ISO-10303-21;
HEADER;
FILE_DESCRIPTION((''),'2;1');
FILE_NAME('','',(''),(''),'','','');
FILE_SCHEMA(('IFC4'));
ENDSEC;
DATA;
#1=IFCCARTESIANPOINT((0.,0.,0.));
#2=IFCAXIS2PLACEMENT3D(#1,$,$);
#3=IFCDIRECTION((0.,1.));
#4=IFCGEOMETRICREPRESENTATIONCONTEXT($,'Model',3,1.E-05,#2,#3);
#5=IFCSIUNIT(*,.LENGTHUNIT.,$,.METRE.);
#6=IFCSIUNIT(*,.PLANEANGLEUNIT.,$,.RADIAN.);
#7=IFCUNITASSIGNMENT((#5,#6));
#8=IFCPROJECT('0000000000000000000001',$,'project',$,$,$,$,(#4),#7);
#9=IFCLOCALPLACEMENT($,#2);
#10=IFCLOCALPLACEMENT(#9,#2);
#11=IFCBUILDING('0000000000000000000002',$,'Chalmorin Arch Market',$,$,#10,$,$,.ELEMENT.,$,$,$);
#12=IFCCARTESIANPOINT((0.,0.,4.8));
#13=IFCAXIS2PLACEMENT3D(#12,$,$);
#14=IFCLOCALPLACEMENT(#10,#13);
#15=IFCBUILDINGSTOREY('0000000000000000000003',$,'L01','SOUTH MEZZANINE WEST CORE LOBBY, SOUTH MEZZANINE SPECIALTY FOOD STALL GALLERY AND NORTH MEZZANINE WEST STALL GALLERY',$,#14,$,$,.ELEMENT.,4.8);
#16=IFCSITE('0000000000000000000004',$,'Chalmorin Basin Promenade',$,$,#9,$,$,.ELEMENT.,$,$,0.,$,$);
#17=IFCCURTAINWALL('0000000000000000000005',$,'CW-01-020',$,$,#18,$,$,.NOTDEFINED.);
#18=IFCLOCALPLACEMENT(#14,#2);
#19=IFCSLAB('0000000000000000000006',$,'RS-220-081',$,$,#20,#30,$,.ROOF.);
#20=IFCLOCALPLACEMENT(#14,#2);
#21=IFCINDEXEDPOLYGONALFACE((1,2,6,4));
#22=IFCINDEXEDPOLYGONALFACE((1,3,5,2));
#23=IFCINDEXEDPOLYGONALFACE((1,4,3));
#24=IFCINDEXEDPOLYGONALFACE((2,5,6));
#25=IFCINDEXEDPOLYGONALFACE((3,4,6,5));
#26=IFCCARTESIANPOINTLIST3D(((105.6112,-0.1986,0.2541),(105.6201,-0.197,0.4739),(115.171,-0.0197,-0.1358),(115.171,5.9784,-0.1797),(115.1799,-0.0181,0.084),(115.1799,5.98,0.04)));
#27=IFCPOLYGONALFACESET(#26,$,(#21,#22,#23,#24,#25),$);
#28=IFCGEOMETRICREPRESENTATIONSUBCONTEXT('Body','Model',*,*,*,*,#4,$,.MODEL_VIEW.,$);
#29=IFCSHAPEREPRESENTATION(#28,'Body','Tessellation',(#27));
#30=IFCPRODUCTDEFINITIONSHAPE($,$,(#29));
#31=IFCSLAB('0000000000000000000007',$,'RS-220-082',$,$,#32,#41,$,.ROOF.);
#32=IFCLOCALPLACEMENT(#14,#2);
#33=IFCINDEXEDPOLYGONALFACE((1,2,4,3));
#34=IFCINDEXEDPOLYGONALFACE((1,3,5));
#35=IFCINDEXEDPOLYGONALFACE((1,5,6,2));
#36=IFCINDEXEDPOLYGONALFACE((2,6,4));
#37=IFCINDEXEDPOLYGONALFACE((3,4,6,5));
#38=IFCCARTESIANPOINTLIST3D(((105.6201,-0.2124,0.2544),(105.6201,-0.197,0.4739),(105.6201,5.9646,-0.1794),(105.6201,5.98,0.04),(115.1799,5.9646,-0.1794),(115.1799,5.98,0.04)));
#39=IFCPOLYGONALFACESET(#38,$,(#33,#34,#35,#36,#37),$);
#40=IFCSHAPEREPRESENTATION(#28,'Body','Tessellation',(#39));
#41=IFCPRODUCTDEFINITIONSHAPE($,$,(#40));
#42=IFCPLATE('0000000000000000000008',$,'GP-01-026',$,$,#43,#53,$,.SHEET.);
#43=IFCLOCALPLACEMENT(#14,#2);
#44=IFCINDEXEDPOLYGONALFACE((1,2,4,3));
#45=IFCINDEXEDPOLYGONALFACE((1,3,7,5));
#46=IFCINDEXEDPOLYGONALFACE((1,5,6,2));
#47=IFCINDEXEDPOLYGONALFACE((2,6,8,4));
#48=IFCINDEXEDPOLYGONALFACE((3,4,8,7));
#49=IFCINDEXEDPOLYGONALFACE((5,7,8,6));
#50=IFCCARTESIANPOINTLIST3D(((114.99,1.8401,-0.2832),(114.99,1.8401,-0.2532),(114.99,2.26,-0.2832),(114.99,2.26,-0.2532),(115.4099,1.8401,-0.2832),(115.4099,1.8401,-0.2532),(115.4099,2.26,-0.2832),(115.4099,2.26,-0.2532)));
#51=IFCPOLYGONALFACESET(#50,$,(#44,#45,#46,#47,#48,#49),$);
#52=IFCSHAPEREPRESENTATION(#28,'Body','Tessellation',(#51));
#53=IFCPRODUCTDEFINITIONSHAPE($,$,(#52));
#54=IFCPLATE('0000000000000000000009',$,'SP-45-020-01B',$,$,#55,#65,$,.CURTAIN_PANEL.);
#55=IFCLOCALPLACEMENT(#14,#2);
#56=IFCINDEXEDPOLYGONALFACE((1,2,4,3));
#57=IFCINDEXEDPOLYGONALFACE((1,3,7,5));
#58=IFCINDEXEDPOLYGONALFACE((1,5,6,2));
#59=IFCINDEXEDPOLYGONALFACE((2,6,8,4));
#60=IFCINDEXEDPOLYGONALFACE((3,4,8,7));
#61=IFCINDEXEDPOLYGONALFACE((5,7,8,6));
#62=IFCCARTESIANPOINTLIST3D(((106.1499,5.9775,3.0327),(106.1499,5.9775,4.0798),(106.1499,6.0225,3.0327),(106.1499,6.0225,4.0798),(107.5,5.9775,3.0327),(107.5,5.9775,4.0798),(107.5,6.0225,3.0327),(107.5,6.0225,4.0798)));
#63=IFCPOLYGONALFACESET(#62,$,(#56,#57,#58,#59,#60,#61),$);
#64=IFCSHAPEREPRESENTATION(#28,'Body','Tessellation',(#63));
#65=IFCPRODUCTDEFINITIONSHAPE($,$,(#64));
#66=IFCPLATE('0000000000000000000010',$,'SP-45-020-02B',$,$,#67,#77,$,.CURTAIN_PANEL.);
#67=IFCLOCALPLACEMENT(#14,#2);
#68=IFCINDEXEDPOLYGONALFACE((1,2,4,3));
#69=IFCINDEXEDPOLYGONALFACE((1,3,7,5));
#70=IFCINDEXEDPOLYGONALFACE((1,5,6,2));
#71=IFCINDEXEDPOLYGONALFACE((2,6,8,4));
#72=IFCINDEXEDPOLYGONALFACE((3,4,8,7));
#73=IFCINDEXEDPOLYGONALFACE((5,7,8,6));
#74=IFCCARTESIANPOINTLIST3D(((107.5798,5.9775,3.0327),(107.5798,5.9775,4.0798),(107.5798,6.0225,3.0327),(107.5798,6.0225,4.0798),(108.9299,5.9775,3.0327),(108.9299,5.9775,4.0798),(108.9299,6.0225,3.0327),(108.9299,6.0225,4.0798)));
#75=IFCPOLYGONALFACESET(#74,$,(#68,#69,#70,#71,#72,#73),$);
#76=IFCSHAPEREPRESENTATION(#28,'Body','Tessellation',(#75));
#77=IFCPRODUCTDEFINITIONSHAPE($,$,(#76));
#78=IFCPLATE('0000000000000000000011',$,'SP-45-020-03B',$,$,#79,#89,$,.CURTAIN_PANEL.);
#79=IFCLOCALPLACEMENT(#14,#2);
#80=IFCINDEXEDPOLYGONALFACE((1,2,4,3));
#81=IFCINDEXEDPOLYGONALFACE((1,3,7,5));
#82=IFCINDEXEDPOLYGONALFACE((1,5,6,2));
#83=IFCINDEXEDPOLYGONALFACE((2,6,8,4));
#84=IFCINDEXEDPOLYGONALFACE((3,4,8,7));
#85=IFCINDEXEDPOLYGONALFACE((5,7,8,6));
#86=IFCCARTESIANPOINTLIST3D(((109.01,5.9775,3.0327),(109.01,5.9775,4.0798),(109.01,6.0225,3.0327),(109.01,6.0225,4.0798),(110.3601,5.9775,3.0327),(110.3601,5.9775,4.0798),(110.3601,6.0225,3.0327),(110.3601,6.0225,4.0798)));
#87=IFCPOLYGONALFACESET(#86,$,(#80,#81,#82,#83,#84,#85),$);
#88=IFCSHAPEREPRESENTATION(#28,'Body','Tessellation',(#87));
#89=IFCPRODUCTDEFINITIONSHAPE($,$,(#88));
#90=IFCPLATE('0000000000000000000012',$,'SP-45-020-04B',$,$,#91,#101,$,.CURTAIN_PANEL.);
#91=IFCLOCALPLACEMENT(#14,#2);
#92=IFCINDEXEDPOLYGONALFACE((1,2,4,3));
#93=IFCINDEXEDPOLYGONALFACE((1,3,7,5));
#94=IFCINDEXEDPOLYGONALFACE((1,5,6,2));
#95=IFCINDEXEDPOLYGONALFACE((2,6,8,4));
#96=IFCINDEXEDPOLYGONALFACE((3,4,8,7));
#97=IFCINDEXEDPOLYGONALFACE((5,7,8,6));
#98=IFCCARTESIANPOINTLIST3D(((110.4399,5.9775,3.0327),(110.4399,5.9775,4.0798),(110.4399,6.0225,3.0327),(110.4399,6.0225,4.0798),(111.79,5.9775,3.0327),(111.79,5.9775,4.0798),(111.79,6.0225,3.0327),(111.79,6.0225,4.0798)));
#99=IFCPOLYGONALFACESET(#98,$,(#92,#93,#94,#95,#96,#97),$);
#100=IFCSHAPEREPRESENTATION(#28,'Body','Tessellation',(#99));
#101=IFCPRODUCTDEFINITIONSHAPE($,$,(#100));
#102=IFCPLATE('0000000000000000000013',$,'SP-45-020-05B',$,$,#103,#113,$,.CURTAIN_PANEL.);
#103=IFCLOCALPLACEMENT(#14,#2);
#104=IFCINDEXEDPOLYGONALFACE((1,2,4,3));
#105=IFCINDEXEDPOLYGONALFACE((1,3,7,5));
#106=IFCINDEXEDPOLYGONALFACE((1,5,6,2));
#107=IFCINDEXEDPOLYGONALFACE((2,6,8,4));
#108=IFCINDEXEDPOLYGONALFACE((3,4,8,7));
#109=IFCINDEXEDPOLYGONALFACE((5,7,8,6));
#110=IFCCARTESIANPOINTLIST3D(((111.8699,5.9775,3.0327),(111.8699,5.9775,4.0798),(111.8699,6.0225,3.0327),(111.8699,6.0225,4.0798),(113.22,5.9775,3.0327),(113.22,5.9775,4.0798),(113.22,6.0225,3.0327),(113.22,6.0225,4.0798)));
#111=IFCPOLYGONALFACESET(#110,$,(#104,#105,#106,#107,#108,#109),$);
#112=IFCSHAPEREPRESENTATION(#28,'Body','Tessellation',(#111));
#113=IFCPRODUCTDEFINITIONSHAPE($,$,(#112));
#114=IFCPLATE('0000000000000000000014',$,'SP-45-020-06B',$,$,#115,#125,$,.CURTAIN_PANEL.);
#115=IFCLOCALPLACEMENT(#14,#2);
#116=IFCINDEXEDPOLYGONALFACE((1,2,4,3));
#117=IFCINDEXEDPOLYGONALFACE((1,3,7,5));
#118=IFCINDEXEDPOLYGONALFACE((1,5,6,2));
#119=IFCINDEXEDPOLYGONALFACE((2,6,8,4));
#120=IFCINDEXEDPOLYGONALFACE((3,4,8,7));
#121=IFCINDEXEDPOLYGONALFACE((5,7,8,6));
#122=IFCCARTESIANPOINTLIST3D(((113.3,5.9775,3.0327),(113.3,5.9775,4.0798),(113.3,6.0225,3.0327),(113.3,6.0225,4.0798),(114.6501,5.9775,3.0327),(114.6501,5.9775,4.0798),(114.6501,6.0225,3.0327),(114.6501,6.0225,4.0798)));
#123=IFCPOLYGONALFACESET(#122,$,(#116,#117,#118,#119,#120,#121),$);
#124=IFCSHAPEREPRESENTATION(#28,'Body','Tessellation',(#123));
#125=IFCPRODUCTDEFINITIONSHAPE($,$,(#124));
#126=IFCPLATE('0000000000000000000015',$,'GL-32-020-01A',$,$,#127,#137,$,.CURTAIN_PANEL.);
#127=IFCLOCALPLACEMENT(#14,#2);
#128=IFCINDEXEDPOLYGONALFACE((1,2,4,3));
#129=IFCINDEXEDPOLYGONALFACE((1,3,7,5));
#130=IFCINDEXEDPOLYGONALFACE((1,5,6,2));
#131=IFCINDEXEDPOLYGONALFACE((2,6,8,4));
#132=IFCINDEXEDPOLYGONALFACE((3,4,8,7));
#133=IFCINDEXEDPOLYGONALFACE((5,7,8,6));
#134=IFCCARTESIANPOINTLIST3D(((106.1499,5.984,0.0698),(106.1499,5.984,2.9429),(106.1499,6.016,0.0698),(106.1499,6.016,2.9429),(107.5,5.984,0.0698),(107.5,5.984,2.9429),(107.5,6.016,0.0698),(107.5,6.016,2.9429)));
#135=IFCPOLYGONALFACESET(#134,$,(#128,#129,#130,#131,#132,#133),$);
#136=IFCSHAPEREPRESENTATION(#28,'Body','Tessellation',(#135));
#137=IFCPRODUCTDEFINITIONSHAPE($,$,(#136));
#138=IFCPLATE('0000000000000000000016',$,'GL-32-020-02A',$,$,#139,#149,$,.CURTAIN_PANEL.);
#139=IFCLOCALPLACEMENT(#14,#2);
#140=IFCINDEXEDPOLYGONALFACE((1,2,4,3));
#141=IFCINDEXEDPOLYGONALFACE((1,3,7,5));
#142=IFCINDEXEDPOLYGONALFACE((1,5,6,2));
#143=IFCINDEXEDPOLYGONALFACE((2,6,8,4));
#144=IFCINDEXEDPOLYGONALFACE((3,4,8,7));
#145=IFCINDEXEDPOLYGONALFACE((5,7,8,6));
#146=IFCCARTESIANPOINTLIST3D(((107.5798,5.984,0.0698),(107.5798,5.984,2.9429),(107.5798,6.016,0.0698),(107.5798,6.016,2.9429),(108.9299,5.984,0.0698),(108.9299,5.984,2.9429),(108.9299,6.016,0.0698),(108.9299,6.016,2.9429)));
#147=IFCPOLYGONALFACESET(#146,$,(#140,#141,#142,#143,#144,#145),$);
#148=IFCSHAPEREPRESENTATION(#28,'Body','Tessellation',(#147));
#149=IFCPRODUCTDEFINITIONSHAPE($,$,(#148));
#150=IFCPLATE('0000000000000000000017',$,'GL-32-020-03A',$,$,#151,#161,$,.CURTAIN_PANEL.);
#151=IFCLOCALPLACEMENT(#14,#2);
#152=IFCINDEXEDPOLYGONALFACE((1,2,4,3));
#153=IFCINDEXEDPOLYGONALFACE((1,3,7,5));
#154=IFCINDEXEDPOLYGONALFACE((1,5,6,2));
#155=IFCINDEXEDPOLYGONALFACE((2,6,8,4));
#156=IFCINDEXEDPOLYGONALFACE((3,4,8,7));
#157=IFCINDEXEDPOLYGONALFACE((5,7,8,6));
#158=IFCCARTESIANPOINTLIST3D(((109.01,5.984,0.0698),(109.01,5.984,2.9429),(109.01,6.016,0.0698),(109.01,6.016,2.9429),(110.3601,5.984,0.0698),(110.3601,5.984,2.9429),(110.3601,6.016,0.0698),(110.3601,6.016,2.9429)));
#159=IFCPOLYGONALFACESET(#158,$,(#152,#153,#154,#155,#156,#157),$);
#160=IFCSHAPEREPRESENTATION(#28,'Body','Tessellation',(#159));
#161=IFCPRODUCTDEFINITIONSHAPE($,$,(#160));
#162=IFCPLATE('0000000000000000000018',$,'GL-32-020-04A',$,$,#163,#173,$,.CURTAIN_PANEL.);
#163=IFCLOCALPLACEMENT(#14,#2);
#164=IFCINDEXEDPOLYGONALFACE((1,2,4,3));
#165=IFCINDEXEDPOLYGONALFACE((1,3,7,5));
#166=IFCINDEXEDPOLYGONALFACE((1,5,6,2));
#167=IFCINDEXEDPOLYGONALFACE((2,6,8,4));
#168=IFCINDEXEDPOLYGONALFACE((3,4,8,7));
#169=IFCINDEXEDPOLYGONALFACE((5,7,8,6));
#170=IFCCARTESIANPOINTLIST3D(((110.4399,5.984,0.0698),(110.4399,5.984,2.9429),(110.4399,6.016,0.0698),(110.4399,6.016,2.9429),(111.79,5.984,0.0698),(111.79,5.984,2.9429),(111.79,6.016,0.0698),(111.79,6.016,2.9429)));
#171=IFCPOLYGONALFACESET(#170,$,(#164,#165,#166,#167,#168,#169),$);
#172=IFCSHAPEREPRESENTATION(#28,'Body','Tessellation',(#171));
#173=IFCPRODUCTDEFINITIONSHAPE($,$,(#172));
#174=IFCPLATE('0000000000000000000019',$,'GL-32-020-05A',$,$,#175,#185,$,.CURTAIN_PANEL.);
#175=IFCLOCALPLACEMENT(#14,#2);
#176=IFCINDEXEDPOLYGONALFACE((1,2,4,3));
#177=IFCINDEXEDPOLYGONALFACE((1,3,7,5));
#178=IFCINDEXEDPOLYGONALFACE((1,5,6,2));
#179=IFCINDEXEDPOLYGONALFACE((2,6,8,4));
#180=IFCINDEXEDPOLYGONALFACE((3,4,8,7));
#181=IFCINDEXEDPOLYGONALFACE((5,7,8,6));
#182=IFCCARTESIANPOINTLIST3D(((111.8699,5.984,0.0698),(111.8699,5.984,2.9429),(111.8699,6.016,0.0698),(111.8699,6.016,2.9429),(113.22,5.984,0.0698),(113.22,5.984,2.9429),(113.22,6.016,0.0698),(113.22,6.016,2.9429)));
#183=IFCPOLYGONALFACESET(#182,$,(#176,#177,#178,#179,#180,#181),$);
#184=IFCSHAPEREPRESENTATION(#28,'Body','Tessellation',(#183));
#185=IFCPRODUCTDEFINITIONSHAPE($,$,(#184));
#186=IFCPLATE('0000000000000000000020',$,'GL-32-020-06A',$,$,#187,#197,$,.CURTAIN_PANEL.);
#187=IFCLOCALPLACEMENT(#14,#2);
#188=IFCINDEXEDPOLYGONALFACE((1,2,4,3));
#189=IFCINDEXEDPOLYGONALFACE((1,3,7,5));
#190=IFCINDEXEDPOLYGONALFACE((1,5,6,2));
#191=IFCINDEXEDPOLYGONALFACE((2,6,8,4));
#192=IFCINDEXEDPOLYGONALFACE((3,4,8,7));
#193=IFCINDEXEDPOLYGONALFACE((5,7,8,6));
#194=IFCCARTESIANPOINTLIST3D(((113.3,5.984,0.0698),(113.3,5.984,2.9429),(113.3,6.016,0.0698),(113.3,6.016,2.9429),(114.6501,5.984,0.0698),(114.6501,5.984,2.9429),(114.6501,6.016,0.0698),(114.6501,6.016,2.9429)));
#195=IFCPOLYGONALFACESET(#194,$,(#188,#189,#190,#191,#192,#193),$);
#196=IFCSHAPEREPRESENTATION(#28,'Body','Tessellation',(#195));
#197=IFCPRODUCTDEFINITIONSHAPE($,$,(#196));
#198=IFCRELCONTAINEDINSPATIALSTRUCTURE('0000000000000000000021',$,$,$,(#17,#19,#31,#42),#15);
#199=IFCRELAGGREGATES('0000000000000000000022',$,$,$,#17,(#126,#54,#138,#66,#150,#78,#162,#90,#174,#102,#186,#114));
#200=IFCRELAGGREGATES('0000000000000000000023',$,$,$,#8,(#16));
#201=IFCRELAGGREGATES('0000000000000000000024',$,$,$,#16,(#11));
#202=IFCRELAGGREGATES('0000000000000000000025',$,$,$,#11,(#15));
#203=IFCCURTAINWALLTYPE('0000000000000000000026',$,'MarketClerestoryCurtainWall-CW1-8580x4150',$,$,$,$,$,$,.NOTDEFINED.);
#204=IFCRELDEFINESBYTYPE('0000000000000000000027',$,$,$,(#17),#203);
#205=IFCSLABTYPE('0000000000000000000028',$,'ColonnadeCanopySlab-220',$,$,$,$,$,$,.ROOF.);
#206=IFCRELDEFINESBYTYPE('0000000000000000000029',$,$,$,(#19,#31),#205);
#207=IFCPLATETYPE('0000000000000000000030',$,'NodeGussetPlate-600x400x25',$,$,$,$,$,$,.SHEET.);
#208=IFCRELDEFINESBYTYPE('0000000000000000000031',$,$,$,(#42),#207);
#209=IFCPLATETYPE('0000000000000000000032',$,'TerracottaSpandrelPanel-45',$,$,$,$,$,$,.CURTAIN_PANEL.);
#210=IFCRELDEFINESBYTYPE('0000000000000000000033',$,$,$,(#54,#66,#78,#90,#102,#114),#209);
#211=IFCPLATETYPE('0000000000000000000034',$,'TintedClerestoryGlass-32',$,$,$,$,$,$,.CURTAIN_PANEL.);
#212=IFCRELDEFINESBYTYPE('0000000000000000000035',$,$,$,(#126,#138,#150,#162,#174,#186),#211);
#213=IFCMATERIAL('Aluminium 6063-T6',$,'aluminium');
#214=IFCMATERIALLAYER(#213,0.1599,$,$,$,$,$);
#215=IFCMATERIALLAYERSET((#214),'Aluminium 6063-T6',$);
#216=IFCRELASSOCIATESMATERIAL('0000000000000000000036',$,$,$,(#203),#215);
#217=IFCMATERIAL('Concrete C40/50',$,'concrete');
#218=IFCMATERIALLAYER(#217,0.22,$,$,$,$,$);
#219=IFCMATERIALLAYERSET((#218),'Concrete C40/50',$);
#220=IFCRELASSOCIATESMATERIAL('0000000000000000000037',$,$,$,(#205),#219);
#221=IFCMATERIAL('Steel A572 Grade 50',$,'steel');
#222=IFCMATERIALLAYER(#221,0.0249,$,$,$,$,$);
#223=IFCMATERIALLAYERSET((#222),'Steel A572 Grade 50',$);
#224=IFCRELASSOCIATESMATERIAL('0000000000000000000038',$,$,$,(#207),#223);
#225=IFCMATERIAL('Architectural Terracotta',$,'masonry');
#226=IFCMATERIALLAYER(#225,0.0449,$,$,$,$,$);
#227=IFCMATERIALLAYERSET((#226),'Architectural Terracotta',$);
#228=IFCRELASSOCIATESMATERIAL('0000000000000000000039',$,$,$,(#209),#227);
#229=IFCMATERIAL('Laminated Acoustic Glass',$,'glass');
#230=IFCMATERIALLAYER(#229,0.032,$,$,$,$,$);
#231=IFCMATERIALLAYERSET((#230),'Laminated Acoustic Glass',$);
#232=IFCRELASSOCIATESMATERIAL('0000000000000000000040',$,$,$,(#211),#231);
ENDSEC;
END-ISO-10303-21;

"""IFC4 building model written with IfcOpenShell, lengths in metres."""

from ifc_helpers import new_model, si_unit, direction, frame, origin, origin_2d, place, context, subcontext, project, spatial, polyline, rectangle, outline, extrude, material, layer, layer_set, type_object, element, aggregate, save


model = new_model("IFC4")

# Units and contexts
model_context = context("Model", 3, precision=1e-05, world=origin(), true_north=direction((0.0, 1.0)))
body_context = subcontext(model_context, "Body", "Model", "MODEL_VIEW")
ifc_project = project(units=[si_unit("LENGTHUNIT", "METRE"), si_unit("PLANEANGLEUNIT", "RADIAN")], contexts=[model_context])

# Site, building, storey
site_placement = place(None, origin())
site = spatial("IfcSite", under=ifc_project, at=site_placement, Name="Chalmorin Basin Promenade", CompositionType="ELEMENT", RefElevation=0.0)
building_placement = place(site_placement, origin())
building = spatial("IfcBuilding", under=site, at=building_placement, Name="Chalmorin Arch Market", CompositionType="ELEMENT")
storey_placement = place(building_placement, frame((0.0, 0.0, 4.8)))
storey = spatial("IfcBuildingStorey", under=building, at=storey_placement, Name="L01", Description="SOUTH MEZZANINE WEST CORE LOBBY, SOUTH MEZZANINE SPECIALTY FOOD STALL GALLERY AND NORTH MEZZANINE WEST STALL GALLERY", CompositionType="ELEMENT", Elevation=4.8)

# Shared definitions
ifc_material_1 = material(Name="Concrete C40/50", Category="concrete")

# Curtain wall
ifc_material_2 = material(Name="Aluminium 6063-T6", Category="aluminium")
ifc_layer_1 = layer(ifc_material_2, 0.1599)
ifc_layer_set_1 = layer_set([ifc_layer_1], Name="Aluminium 6063-T6")
curtain_wall_type = type_object("IfcCurtainWallType", Name="MarketClerestoryCurtainWall-CW1-8580x4150", PredefinedType="NOTDEFINED", material=ifc_layer_set_1)
curtain_wall_placement = place(storey_placement, origin())
curtain_wall = element("IfcCurtainWall", 1, at=curtain_wall_placement, inside=storey, type_object=curtain_wall_type, Name="CW-01-020", PredefinedType="NOTDEFINED")

# Slabs
ifc_layer_2 = layer(ifc_material_1, 0.22)
ifc_layer_set_2 = layer_set([ifc_layer_2], Name="Concrete C40/50")
slab_type = type_object("IfcSlabType", Name="ColonnadeCanopySlab-220", PredefinedType="ROOF", material=ifc_layer_set_2)
slab_1_placement = place(storey_placement, frame((105.6201, -0.197, 0.4739), z_axis=(0.040613, 0.00732, 0.999148), x_axis=(0.998995, 0.018701, -0.040744)))
element("IfcSlab", 2, at=slab_1_placement, inside=storey, type_object=slab_type, Name="RS-220-081", PredefinedType="ROOF", context=body_context, shape_type="SweptSolid", body=[
    extrude(outline(polyline([(0.0, 0.0), (9.5694, 0.0), (9.6834, 5.9971), (0.0, 0.0)])), origin(), (0.0, 0.0, -1.0), 0.22),
])
slab_2_placement = place(storey_placement, frame((105.6201, -0.197, 0.4739), z_axis=(0.0, 0.070062, 0.997543), x_axis=(0.839312, 0.542315, -0.038089)))
element("IfcSlab", 3, at=slab_2_placement, inside=storey, type_object=slab_type, Name="RS-220-082", PredefinedType="ROOF", context=body_context, shape_type="SweptSolid", body=[
    extrude(outline(polyline([(0.0, 0.0), (11.3901, 0.0), (3.3664, 5.1972), (0.0, 0.0)])), origin(), (0.0, 0.0, -1.0), 0.22),
])

# Plates
ifc_material_3 = material(Name="Steel A572 Grade 50", Category="steel")
ifc_layer_3 = layer(ifc_material_3, 0.0249)
ifc_layer_set_3 = layer_set([ifc_layer_3], Name="Steel A572 Grade 50")
plate_type_1 = type_object("IfcPlateType", Name="NodeGussetPlate-600x400x25", PredefinedType="SHEET", material=ifc_layer_set_3)
plate_1_placement = place(storey_placement, frame((115.2, 2.05, -0.2832), z_axis=(0.0, 0.0, 1.0), x_axis=(1.0, 0.0, 0.0)))
element("IfcPlate", 4, at=plate_1_placement, inside=storey, type_object=plate_type_1, Name="GP-01-026", PredefinedType="SHEET", context=body_context, shape_type="SweptSolid", body=[
    extrude(rectangle(XDim=0.4199, YDim=0.4199, at=origin_2d()), origin(), (0.0, 0.0, 1.0), 0.03),
])
ifc_material_4 = material(Name="Architectural Terracotta", Category="masonry")
ifc_layer_4 = layer(ifc_material_4, 0.0449)
ifc_layer_set_4 = layer_set([ifc_layer_4], Name="Architectural Terracotta")
plate_type_2 = type_object("IfcPlateType", Name="TerracottaSpandrelPanel-45", PredefinedType="CURTAIN_PANEL", material=ifc_layer_set_4)
plate_2_placement = place(storey_placement, frame((106.825, 6.0, 3.0327), z_axis=(0.0, 0.0, 1.0), x_axis=(1.0, 0.0, 0.0)))
plate_2 = element("IfcPlate", 5, at=plate_2_placement, type_object=plate_type_2, Name="SP-45-020-01B", PredefinedType="CURTAIN_PANEL", context=body_context, shape_type="SweptSolid", body=[
    extrude(rectangle(XDim=1.3501, YDim=0.0449, at=origin_2d()), origin(), (0.0, 0.0, 1.0), 1.0471),
])
plate_3_placement = place(storey_placement, frame((108.2549, 6.0, 3.0327), z_axis=(0.0, 0.0, 1.0), x_axis=(1.0, 0.0, 0.0)))
plate_3 = element("IfcPlate", 6, at=plate_3_placement, type_object=plate_type_2, Name="SP-45-020-02B", PredefinedType="CURTAIN_PANEL", context=body_context, shape_type="SweptSolid", body=[
    extrude(rectangle(XDim=1.3501, YDim=0.0449, at=origin_2d()), origin(), (0.0, 0.0, 1.0), 1.0471),
])
plate_4_placement = place(storey_placement, frame((109.6851, 6.0, 3.0327), z_axis=(0.0, 0.0, 1.0), x_axis=(1.0, 0.0, 0.0)))
plate_4 = element("IfcPlate", 7, at=plate_4_placement, type_object=plate_type_2, Name="SP-45-020-03B", PredefinedType="CURTAIN_PANEL", context=body_context, shape_type="SweptSolid", body=[
    extrude(rectangle(XDim=1.3501, YDim=0.0449, at=origin_2d()), origin(), (0.0, 0.0, 1.0), 1.0471),
])
plate_5_placement = place(storey_placement, frame((111.115, 6.0, 3.0327), z_axis=(0.0, 0.0, 1.0), x_axis=(1.0, 0.0, 0.0)))
plate_5 = element("IfcPlate", 8, at=plate_5_placement, type_object=plate_type_2, Name="SP-45-020-04B", PredefinedType="CURTAIN_PANEL", context=body_context, shape_type="SweptSolid", body=[
    extrude(rectangle(XDim=1.3501, YDim=0.0449, at=origin_2d()), origin(), (0.0, 0.0, 1.0), 1.0471),
])
plate_6_placement = place(storey_placement, frame((112.5449, 6.0, 3.0327), z_axis=(0.0, 0.0, 1.0), x_axis=(1.0, 0.0, 0.0)))
plate_6 = element("IfcPlate", 9, at=plate_6_placement, type_object=plate_type_2, Name="SP-45-020-05B", PredefinedType="CURTAIN_PANEL", context=body_context, shape_type="SweptSolid", body=[
    extrude(rectangle(XDim=1.3501, YDim=0.0449, at=origin_2d()), origin(), (0.0, 0.0, 1.0), 1.0471),
])
plate_7_placement = place(storey_placement, frame((113.9751, 6.0, 3.0327), z_axis=(0.0, 0.0, 1.0), x_axis=(1.0, 0.0, 0.0)))
plate_7 = element("IfcPlate", 10, at=plate_7_placement, type_object=plate_type_2, Name="SP-45-020-06B", PredefinedType="CURTAIN_PANEL", context=body_context, shape_type="SweptSolid", body=[
    extrude(rectangle(XDim=1.3501, YDim=0.0449, at=origin_2d()), origin(), (0.0, 0.0, 1.0), 1.0471),
])
ifc_material_5 = material(Name="Laminated Acoustic Glass", Category="glass")
ifc_layer_5 = layer(ifc_material_5, 0.032)
ifc_layer_set_5 = layer_set([ifc_layer_5], Name="Laminated Acoustic Glass")
plate_type_3 = type_object("IfcPlateType", Name="TintedClerestoryGlass-32", PredefinedType="CURTAIN_PANEL", material=ifc_layer_set_5)
plate_8_placement = place(storey_placement, frame((106.825, 6.0, 0.0698), z_axis=(0.0, 0.0, 1.0), x_axis=(1.0, 0.0, 0.0)))
plate_8 = element("IfcPlate", 11, at=plate_8_placement, type_object=plate_type_3, Name="GL-32-020-01A", PredefinedType="CURTAIN_PANEL", context=body_context, shape_type="SweptSolid", body=[
    extrude(rectangle(XDim=1.3501, YDim=0.032, at=origin_2d()), origin(), (0.0, 0.0, 1.0), 2.873),
])
plate_9_placement = place(storey_placement, frame((108.2549, 6.0, 0.0698), z_axis=(0.0, 0.0, 1.0), x_axis=(1.0, 0.0, 0.0)))
plate_9 = element("IfcPlate", 12, at=plate_9_placement, type_object=plate_type_3, Name="GL-32-020-02A", PredefinedType="CURTAIN_PANEL", context=body_context, shape_type="SweptSolid", body=[
    extrude(rectangle(XDim=1.3501, YDim=0.032, at=origin_2d()), origin(), (0.0, 0.0, 1.0), 2.873),
])
plate_10_placement = place(storey_placement, frame((109.6851, 6.0, 0.0698), z_axis=(0.0, 0.0, 1.0), x_axis=(1.0, 0.0, 0.0)))
plate_10 = element("IfcPlate", 13, at=plate_10_placement, type_object=plate_type_3, Name="GL-32-020-03A", PredefinedType="CURTAIN_PANEL", context=body_context, shape_type="SweptSolid", body=[
    extrude(rectangle(XDim=1.3501, YDim=0.032, at=origin_2d()), origin(), (0.0, 0.0, 1.0), 2.873),
])
plate_11_placement = place(storey_placement, frame((111.115, 6.0, 0.0698), z_axis=(0.0, 0.0, 1.0), x_axis=(1.0, 0.0, 0.0)))
plate_11 = element("IfcPlate", 14, at=plate_11_placement, type_object=plate_type_3, Name="GL-32-020-04A", PredefinedType="CURTAIN_PANEL", context=body_context, shape_type="SweptSolid", body=[
    extrude(rectangle(XDim=1.3501, YDim=0.032, at=origin_2d()), origin(), (0.0, 0.0, 1.0), 2.873),
])
plate_12_placement = place(storey_placement, frame((112.5449, 6.0, 0.0698), z_axis=(0.0, 0.0, 1.0), x_axis=(1.0, 0.0, 0.0)))
plate_12 = element("IfcPlate", 15, at=plate_12_placement, type_object=plate_type_3, Name="GL-32-020-05A", PredefinedType="CURTAIN_PANEL", context=body_context, shape_type="SweptSolid", body=[
    extrude(rectangle(XDim=1.3501, YDim=0.032, at=origin_2d()), origin(), (0.0, 0.0, 1.0), 2.873),
])
plate_13_placement = place(storey_placement, frame((113.9751, 6.0, 0.0698), z_axis=(0.0, 0.0, 1.0), x_axis=(1.0, 0.0, 0.0)))
plate_13 = element("IfcPlate", 16, at=plate_13_placement, type_object=plate_type_3, Name="GL-32-020-06A", PredefinedType="CURTAIN_PANEL", context=body_context, shape_type="SweptSolid", body=[
    extrude(rectangle(XDim=1.3501, YDim=0.032, at=origin_2d()), origin(), (0.0, 0.0, 1.0), 2.873),
])
aggregate(curtain_wall, [plate_8, plate_2, plate_9, plate_3, plate_10, plate_4, plate_11, plate_5, plate_12, plate_6, plate_13, plate_7])

save(model, "model.ifc")
